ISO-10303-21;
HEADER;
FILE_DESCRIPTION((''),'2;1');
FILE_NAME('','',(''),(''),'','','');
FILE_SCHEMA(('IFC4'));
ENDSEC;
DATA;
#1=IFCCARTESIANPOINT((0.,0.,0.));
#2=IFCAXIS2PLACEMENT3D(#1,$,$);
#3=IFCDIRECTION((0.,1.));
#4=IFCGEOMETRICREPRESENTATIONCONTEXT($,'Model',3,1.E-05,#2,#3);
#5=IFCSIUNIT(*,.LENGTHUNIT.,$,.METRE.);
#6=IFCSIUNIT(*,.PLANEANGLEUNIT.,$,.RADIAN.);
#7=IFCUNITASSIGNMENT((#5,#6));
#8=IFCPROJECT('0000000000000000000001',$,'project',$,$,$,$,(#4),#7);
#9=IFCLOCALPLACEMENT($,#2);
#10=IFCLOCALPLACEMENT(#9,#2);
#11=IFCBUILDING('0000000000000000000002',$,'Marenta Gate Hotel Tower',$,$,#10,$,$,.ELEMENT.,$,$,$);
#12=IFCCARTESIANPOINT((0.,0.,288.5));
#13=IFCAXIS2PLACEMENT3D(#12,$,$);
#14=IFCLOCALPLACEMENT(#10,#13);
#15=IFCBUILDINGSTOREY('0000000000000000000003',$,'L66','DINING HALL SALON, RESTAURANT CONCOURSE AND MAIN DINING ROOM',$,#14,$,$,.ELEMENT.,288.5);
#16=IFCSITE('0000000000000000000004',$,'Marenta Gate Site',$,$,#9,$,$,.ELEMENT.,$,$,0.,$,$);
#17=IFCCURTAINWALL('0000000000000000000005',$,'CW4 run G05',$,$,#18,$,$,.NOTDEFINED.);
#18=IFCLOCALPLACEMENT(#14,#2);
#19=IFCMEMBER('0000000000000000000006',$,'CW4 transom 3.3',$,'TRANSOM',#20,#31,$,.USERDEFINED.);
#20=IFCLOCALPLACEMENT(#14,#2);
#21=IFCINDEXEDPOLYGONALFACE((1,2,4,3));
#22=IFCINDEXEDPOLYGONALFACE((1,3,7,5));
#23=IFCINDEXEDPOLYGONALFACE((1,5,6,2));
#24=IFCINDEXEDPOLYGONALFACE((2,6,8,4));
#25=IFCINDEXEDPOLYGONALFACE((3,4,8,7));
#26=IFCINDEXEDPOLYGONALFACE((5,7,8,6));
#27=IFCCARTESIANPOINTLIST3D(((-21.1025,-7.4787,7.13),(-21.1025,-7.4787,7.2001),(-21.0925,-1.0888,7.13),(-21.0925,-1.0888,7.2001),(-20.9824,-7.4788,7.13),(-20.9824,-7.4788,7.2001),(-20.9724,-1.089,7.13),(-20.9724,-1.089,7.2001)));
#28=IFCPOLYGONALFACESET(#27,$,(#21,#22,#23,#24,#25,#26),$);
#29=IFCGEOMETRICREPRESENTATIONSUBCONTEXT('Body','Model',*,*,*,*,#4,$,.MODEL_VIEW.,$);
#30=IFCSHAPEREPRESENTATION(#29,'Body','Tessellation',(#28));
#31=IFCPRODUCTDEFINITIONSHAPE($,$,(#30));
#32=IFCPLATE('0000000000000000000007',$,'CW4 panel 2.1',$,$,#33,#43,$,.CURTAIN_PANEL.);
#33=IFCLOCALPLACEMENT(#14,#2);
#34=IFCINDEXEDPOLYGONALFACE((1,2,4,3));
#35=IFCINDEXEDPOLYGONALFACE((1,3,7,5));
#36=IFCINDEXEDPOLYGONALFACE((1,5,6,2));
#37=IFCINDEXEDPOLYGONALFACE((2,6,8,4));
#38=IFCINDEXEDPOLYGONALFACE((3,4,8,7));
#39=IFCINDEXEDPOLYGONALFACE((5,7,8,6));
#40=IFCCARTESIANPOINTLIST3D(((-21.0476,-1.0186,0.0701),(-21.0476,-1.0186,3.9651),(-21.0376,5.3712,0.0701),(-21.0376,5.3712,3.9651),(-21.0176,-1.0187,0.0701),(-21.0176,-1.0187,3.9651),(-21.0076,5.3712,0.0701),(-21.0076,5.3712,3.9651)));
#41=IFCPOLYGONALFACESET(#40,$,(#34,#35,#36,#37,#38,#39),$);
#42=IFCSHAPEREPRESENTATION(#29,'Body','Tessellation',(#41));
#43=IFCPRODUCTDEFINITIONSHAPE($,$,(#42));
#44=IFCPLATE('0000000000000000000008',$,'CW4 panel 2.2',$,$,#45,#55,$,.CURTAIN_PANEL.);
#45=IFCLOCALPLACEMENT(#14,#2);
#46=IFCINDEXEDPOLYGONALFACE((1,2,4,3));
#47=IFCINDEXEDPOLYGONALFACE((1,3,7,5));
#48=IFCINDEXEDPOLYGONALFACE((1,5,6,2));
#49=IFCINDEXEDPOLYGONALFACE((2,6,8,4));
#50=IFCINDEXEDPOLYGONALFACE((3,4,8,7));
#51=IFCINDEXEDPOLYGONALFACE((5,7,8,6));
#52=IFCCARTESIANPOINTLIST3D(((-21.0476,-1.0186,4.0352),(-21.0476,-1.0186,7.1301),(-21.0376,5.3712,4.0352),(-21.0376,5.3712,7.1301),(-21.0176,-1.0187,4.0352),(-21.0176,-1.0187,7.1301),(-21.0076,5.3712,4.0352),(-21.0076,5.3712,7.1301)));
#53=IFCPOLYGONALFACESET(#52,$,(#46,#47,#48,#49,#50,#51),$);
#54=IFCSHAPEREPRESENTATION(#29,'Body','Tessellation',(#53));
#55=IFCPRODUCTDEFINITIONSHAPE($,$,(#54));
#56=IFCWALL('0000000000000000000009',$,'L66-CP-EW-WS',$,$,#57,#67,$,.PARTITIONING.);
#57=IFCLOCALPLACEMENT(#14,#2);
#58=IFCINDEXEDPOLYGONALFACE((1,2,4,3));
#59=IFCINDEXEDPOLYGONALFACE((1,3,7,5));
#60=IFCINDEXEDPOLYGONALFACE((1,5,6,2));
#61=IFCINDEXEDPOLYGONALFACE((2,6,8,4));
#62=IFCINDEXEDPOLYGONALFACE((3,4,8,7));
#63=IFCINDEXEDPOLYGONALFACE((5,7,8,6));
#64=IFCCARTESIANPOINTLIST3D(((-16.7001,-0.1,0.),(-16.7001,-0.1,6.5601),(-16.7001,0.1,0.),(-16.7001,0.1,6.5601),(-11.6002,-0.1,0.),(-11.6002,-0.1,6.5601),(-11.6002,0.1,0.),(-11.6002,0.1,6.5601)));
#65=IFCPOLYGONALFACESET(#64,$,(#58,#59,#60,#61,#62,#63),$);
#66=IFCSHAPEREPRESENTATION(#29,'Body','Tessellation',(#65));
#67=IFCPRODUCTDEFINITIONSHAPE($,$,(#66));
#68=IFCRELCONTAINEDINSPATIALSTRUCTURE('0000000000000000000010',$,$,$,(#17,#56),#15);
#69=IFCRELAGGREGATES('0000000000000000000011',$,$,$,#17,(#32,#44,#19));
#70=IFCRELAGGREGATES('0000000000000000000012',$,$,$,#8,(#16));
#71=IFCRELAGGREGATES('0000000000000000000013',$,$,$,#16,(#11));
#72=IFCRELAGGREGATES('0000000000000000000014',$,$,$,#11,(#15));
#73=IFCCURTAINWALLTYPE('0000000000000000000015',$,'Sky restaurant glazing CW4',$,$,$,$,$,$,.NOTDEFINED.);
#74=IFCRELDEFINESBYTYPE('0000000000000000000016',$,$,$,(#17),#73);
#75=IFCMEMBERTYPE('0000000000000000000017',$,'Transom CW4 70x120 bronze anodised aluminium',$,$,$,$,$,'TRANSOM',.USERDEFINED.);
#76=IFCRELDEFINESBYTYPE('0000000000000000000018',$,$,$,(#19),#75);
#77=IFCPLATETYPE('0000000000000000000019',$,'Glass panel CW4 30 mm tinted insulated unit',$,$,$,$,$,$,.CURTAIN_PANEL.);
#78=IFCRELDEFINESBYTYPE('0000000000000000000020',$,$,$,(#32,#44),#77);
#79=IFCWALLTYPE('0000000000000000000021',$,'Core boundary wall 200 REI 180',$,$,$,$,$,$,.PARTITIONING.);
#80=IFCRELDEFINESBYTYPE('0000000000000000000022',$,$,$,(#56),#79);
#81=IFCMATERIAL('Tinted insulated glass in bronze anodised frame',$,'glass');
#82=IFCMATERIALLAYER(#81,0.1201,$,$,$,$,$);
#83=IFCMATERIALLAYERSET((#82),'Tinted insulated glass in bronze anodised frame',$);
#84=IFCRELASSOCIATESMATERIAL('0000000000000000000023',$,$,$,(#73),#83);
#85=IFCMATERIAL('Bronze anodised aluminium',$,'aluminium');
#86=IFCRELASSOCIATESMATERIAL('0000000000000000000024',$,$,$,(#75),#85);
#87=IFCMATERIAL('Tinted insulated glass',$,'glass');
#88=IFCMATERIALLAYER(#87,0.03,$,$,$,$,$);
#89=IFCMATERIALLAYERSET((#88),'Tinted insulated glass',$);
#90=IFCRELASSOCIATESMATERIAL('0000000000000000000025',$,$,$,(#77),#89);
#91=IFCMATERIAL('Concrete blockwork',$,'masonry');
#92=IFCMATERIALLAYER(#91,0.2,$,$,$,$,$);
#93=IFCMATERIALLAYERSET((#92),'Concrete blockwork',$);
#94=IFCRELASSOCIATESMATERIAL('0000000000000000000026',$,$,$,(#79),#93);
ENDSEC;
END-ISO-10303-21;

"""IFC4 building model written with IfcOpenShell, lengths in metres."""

from ifc_helpers import new_model, si_unit, direction, frame, frame_2d, origin, origin_2d, place, context, subcontext, project, spatial, rectangle, extrude, material, layer, layer_set, material_profile, profile_set, type_object, element, aggregate, save


model = new_model("IFC4")

# Units and contexts
model_context = context("Model", 3, precision=1e-05, world=origin(), true_north=direction((0.0, 1.0)))
body_context = subcontext(model_context, "Body", "Model", "MODEL_VIEW")
ifc_project = project(units=[si_unit("LENGTHUNIT", "METRE"), si_unit("PLANEANGLEUNIT", "RADIAN")], contexts=[model_context])

# Site, building, storey
site_placement = place(None, origin())
site = spatial("IfcSite", under=ifc_project, at=site_placement, Name="Marenta Gate Site", CompositionType="ELEMENT", RefElevation=0.0)
building_placement = place(site_placement, origin())
building = spatial("IfcBuilding", under=site, at=building_placement, Name="Marenta Gate Hotel Tower", CompositionType="ELEMENT")
storey_placement = place(building_placement, frame((0.0, 0.0, 288.5)))
storey = spatial("IfcBuildingStorey", under=building, at=storey_placement, Name="L66", Description="DINING HALL SALON, RESTAURANT CONCOURSE AND MAIN DINING ROOM", CompositionType="ELEMENT", Elevation=288.5)

# Curtain wall, member, plates
ifc_material_1 = material(Name="Tinted insulated glass in bronze anodised frame", Category="glass")
ifc_layer_1 = layer(ifc_material_1, 0.1201)
ifc_layer_set_1 = layer_set([ifc_layer_1], Name="Tinted insulated glass in bronze anodised frame")
curtain_wall_type = type_object("IfcCurtainWallType", Name="Sky restaurant glazing CW4", PredefinedType="NOTDEFINED", material=ifc_layer_set_1)
curtain_wall_placement = place(storey_placement, origin())
curtain_wall = element("IfcCurtainWall", 1, at=curtain_wall_placement, inside=storey, type_object=curtain_wall_type, Name="CW4 run G05", PredefinedType="NOTDEFINED")
ifc_material_2 = material(Name="Bronze anodised aluminium", Category="aluminium")
ifc_material_profile_1 = material_profile(ifc_material_2, rectangle(XDim=0.1201, YDim=0.0701, at=origin_2d()), Name="Transom CW4 70x120 bronze anodised aluminium")
ifc_profile_set_1 = profile_set([ifc_material_profile_1], Name="Bronze anodised aluminium")
member_type_1 = type_object("IfcMemberType", Name="Transom CW4 70x120 bronze anodised aluminium", ElementType="TRANSOM", PredefinedType="USERDEFINED", material=ifc_profile_set_1)
member_1_placement = place(storey_placement, frame((-21.0325, -1.0889, 7.165), z_axis=(-0.001566, -0.999999, 0.0), x_axis=(0.999999, -0.001566, 0.0)))
member_1 = element("IfcMember", 2, at=member_1_placement, type_object=member_type_1, Name="CW4 transom 3.3", ObjectType="TRANSOM", PredefinedType="USERDEFINED", context=body_context, shape_type="SweptSolid", body=[
    extrude(rectangle(XDim=0.1201, YDim=0.0701, at=origin_2d()), origin(), (0.0, 0.0, 1.0), 6.3899),
])
ifc_material_3 = material(Name="Tinted insulated glass", Category="glass")
ifc_layer_2 = layer(ifc_material_3, 0.03)
ifc_layer_set_2 = layer_set([ifc_layer_2], Name="Tinted insulated glass")
plate_type = type_object("IfcPlateType", Name="Glass panel CW4 30 mm tinted insulated unit", PredefinedType="CURTAIN_PANEL", material=ifc_layer_set_2)
plate_1_placement = place(storey_placement, frame((-21.0276, 2.1763, 0.0701), z_axis=(0.0, 0.0, 1.0), x_axis=(-0.001566, -0.999999, 0.0)))
plate_1 = element("IfcPlate", 3, at=plate_1_placement, type_object=plate_type, Name="CW4 panel 2.1", PredefinedType="CURTAIN_PANEL", context=body_context, shape_type="SweptSolid", body=[
    extrude(rectangle(XDim=6.3899, YDim=0.03, at=origin_2d()), origin(), (0.0, 0.0, 1.0), 3.895),
])
plate_2_placement = place(storey_placement, frame((-21.0276, 2.1763, 4.0352), z_axis=(0.0, 0.0, 1.0), x_axis=(-0.001566, -0.999999, 0.0)))
plate_2 = element("IfcPlate", 4, at=plate_2_placement, type_object=plate_type, Name="CW4 panel 2.2", PredefinedType="CURTAIN_PANEL", context=body_context, shape_type="SweptSolid", body=[
    extrude(rectangle(XDim=6.3899, YDim=0.03, at=origin_2d()), origin(), (0.0, 0.0, 1.0), 3.095),
])
aggregate(curtain_wall, [plate_1, plate_2, member_1])

# Shared definitions
ifc_material_4 = material(Name="Concrete blockwork", Category="masonry")
ifc_layer_3 = layer(ifc_material_4, 0.2)
ifc_layer_set_3 = layer_set([ifc_layer_3], Name="Concrete blockwork")
wall_type_1 = type_object("IfcWallType", Name="Core boundary wall 200 REI 180", PredefinedType="PARTITIONING", material=ifc_layer_set_3)

# Wall
wall_1_placement = place(storey_placement, frame((-16.7, 0.0, 0.0), z_axis=(0.0, 0.0, 1.0), x_axis=(1.0, 0.0, 0.0)))
element("IfcWall", 5, at=wall_1_placement, inside=storey, type_object=wall_type_1, Name="L66-CP-EW-WS", PredefinedType="PARTITIONING", context=body_context, shape_type="SweptSolid", body=[
    extrude(rectangle(XDim=5.0999, YDim=0.2, at=frame_2d((2.5498, 0.0))), origin(), (0.0, 0.0, 1.0), 6.5601),
])

save(model, "model.ifc")
